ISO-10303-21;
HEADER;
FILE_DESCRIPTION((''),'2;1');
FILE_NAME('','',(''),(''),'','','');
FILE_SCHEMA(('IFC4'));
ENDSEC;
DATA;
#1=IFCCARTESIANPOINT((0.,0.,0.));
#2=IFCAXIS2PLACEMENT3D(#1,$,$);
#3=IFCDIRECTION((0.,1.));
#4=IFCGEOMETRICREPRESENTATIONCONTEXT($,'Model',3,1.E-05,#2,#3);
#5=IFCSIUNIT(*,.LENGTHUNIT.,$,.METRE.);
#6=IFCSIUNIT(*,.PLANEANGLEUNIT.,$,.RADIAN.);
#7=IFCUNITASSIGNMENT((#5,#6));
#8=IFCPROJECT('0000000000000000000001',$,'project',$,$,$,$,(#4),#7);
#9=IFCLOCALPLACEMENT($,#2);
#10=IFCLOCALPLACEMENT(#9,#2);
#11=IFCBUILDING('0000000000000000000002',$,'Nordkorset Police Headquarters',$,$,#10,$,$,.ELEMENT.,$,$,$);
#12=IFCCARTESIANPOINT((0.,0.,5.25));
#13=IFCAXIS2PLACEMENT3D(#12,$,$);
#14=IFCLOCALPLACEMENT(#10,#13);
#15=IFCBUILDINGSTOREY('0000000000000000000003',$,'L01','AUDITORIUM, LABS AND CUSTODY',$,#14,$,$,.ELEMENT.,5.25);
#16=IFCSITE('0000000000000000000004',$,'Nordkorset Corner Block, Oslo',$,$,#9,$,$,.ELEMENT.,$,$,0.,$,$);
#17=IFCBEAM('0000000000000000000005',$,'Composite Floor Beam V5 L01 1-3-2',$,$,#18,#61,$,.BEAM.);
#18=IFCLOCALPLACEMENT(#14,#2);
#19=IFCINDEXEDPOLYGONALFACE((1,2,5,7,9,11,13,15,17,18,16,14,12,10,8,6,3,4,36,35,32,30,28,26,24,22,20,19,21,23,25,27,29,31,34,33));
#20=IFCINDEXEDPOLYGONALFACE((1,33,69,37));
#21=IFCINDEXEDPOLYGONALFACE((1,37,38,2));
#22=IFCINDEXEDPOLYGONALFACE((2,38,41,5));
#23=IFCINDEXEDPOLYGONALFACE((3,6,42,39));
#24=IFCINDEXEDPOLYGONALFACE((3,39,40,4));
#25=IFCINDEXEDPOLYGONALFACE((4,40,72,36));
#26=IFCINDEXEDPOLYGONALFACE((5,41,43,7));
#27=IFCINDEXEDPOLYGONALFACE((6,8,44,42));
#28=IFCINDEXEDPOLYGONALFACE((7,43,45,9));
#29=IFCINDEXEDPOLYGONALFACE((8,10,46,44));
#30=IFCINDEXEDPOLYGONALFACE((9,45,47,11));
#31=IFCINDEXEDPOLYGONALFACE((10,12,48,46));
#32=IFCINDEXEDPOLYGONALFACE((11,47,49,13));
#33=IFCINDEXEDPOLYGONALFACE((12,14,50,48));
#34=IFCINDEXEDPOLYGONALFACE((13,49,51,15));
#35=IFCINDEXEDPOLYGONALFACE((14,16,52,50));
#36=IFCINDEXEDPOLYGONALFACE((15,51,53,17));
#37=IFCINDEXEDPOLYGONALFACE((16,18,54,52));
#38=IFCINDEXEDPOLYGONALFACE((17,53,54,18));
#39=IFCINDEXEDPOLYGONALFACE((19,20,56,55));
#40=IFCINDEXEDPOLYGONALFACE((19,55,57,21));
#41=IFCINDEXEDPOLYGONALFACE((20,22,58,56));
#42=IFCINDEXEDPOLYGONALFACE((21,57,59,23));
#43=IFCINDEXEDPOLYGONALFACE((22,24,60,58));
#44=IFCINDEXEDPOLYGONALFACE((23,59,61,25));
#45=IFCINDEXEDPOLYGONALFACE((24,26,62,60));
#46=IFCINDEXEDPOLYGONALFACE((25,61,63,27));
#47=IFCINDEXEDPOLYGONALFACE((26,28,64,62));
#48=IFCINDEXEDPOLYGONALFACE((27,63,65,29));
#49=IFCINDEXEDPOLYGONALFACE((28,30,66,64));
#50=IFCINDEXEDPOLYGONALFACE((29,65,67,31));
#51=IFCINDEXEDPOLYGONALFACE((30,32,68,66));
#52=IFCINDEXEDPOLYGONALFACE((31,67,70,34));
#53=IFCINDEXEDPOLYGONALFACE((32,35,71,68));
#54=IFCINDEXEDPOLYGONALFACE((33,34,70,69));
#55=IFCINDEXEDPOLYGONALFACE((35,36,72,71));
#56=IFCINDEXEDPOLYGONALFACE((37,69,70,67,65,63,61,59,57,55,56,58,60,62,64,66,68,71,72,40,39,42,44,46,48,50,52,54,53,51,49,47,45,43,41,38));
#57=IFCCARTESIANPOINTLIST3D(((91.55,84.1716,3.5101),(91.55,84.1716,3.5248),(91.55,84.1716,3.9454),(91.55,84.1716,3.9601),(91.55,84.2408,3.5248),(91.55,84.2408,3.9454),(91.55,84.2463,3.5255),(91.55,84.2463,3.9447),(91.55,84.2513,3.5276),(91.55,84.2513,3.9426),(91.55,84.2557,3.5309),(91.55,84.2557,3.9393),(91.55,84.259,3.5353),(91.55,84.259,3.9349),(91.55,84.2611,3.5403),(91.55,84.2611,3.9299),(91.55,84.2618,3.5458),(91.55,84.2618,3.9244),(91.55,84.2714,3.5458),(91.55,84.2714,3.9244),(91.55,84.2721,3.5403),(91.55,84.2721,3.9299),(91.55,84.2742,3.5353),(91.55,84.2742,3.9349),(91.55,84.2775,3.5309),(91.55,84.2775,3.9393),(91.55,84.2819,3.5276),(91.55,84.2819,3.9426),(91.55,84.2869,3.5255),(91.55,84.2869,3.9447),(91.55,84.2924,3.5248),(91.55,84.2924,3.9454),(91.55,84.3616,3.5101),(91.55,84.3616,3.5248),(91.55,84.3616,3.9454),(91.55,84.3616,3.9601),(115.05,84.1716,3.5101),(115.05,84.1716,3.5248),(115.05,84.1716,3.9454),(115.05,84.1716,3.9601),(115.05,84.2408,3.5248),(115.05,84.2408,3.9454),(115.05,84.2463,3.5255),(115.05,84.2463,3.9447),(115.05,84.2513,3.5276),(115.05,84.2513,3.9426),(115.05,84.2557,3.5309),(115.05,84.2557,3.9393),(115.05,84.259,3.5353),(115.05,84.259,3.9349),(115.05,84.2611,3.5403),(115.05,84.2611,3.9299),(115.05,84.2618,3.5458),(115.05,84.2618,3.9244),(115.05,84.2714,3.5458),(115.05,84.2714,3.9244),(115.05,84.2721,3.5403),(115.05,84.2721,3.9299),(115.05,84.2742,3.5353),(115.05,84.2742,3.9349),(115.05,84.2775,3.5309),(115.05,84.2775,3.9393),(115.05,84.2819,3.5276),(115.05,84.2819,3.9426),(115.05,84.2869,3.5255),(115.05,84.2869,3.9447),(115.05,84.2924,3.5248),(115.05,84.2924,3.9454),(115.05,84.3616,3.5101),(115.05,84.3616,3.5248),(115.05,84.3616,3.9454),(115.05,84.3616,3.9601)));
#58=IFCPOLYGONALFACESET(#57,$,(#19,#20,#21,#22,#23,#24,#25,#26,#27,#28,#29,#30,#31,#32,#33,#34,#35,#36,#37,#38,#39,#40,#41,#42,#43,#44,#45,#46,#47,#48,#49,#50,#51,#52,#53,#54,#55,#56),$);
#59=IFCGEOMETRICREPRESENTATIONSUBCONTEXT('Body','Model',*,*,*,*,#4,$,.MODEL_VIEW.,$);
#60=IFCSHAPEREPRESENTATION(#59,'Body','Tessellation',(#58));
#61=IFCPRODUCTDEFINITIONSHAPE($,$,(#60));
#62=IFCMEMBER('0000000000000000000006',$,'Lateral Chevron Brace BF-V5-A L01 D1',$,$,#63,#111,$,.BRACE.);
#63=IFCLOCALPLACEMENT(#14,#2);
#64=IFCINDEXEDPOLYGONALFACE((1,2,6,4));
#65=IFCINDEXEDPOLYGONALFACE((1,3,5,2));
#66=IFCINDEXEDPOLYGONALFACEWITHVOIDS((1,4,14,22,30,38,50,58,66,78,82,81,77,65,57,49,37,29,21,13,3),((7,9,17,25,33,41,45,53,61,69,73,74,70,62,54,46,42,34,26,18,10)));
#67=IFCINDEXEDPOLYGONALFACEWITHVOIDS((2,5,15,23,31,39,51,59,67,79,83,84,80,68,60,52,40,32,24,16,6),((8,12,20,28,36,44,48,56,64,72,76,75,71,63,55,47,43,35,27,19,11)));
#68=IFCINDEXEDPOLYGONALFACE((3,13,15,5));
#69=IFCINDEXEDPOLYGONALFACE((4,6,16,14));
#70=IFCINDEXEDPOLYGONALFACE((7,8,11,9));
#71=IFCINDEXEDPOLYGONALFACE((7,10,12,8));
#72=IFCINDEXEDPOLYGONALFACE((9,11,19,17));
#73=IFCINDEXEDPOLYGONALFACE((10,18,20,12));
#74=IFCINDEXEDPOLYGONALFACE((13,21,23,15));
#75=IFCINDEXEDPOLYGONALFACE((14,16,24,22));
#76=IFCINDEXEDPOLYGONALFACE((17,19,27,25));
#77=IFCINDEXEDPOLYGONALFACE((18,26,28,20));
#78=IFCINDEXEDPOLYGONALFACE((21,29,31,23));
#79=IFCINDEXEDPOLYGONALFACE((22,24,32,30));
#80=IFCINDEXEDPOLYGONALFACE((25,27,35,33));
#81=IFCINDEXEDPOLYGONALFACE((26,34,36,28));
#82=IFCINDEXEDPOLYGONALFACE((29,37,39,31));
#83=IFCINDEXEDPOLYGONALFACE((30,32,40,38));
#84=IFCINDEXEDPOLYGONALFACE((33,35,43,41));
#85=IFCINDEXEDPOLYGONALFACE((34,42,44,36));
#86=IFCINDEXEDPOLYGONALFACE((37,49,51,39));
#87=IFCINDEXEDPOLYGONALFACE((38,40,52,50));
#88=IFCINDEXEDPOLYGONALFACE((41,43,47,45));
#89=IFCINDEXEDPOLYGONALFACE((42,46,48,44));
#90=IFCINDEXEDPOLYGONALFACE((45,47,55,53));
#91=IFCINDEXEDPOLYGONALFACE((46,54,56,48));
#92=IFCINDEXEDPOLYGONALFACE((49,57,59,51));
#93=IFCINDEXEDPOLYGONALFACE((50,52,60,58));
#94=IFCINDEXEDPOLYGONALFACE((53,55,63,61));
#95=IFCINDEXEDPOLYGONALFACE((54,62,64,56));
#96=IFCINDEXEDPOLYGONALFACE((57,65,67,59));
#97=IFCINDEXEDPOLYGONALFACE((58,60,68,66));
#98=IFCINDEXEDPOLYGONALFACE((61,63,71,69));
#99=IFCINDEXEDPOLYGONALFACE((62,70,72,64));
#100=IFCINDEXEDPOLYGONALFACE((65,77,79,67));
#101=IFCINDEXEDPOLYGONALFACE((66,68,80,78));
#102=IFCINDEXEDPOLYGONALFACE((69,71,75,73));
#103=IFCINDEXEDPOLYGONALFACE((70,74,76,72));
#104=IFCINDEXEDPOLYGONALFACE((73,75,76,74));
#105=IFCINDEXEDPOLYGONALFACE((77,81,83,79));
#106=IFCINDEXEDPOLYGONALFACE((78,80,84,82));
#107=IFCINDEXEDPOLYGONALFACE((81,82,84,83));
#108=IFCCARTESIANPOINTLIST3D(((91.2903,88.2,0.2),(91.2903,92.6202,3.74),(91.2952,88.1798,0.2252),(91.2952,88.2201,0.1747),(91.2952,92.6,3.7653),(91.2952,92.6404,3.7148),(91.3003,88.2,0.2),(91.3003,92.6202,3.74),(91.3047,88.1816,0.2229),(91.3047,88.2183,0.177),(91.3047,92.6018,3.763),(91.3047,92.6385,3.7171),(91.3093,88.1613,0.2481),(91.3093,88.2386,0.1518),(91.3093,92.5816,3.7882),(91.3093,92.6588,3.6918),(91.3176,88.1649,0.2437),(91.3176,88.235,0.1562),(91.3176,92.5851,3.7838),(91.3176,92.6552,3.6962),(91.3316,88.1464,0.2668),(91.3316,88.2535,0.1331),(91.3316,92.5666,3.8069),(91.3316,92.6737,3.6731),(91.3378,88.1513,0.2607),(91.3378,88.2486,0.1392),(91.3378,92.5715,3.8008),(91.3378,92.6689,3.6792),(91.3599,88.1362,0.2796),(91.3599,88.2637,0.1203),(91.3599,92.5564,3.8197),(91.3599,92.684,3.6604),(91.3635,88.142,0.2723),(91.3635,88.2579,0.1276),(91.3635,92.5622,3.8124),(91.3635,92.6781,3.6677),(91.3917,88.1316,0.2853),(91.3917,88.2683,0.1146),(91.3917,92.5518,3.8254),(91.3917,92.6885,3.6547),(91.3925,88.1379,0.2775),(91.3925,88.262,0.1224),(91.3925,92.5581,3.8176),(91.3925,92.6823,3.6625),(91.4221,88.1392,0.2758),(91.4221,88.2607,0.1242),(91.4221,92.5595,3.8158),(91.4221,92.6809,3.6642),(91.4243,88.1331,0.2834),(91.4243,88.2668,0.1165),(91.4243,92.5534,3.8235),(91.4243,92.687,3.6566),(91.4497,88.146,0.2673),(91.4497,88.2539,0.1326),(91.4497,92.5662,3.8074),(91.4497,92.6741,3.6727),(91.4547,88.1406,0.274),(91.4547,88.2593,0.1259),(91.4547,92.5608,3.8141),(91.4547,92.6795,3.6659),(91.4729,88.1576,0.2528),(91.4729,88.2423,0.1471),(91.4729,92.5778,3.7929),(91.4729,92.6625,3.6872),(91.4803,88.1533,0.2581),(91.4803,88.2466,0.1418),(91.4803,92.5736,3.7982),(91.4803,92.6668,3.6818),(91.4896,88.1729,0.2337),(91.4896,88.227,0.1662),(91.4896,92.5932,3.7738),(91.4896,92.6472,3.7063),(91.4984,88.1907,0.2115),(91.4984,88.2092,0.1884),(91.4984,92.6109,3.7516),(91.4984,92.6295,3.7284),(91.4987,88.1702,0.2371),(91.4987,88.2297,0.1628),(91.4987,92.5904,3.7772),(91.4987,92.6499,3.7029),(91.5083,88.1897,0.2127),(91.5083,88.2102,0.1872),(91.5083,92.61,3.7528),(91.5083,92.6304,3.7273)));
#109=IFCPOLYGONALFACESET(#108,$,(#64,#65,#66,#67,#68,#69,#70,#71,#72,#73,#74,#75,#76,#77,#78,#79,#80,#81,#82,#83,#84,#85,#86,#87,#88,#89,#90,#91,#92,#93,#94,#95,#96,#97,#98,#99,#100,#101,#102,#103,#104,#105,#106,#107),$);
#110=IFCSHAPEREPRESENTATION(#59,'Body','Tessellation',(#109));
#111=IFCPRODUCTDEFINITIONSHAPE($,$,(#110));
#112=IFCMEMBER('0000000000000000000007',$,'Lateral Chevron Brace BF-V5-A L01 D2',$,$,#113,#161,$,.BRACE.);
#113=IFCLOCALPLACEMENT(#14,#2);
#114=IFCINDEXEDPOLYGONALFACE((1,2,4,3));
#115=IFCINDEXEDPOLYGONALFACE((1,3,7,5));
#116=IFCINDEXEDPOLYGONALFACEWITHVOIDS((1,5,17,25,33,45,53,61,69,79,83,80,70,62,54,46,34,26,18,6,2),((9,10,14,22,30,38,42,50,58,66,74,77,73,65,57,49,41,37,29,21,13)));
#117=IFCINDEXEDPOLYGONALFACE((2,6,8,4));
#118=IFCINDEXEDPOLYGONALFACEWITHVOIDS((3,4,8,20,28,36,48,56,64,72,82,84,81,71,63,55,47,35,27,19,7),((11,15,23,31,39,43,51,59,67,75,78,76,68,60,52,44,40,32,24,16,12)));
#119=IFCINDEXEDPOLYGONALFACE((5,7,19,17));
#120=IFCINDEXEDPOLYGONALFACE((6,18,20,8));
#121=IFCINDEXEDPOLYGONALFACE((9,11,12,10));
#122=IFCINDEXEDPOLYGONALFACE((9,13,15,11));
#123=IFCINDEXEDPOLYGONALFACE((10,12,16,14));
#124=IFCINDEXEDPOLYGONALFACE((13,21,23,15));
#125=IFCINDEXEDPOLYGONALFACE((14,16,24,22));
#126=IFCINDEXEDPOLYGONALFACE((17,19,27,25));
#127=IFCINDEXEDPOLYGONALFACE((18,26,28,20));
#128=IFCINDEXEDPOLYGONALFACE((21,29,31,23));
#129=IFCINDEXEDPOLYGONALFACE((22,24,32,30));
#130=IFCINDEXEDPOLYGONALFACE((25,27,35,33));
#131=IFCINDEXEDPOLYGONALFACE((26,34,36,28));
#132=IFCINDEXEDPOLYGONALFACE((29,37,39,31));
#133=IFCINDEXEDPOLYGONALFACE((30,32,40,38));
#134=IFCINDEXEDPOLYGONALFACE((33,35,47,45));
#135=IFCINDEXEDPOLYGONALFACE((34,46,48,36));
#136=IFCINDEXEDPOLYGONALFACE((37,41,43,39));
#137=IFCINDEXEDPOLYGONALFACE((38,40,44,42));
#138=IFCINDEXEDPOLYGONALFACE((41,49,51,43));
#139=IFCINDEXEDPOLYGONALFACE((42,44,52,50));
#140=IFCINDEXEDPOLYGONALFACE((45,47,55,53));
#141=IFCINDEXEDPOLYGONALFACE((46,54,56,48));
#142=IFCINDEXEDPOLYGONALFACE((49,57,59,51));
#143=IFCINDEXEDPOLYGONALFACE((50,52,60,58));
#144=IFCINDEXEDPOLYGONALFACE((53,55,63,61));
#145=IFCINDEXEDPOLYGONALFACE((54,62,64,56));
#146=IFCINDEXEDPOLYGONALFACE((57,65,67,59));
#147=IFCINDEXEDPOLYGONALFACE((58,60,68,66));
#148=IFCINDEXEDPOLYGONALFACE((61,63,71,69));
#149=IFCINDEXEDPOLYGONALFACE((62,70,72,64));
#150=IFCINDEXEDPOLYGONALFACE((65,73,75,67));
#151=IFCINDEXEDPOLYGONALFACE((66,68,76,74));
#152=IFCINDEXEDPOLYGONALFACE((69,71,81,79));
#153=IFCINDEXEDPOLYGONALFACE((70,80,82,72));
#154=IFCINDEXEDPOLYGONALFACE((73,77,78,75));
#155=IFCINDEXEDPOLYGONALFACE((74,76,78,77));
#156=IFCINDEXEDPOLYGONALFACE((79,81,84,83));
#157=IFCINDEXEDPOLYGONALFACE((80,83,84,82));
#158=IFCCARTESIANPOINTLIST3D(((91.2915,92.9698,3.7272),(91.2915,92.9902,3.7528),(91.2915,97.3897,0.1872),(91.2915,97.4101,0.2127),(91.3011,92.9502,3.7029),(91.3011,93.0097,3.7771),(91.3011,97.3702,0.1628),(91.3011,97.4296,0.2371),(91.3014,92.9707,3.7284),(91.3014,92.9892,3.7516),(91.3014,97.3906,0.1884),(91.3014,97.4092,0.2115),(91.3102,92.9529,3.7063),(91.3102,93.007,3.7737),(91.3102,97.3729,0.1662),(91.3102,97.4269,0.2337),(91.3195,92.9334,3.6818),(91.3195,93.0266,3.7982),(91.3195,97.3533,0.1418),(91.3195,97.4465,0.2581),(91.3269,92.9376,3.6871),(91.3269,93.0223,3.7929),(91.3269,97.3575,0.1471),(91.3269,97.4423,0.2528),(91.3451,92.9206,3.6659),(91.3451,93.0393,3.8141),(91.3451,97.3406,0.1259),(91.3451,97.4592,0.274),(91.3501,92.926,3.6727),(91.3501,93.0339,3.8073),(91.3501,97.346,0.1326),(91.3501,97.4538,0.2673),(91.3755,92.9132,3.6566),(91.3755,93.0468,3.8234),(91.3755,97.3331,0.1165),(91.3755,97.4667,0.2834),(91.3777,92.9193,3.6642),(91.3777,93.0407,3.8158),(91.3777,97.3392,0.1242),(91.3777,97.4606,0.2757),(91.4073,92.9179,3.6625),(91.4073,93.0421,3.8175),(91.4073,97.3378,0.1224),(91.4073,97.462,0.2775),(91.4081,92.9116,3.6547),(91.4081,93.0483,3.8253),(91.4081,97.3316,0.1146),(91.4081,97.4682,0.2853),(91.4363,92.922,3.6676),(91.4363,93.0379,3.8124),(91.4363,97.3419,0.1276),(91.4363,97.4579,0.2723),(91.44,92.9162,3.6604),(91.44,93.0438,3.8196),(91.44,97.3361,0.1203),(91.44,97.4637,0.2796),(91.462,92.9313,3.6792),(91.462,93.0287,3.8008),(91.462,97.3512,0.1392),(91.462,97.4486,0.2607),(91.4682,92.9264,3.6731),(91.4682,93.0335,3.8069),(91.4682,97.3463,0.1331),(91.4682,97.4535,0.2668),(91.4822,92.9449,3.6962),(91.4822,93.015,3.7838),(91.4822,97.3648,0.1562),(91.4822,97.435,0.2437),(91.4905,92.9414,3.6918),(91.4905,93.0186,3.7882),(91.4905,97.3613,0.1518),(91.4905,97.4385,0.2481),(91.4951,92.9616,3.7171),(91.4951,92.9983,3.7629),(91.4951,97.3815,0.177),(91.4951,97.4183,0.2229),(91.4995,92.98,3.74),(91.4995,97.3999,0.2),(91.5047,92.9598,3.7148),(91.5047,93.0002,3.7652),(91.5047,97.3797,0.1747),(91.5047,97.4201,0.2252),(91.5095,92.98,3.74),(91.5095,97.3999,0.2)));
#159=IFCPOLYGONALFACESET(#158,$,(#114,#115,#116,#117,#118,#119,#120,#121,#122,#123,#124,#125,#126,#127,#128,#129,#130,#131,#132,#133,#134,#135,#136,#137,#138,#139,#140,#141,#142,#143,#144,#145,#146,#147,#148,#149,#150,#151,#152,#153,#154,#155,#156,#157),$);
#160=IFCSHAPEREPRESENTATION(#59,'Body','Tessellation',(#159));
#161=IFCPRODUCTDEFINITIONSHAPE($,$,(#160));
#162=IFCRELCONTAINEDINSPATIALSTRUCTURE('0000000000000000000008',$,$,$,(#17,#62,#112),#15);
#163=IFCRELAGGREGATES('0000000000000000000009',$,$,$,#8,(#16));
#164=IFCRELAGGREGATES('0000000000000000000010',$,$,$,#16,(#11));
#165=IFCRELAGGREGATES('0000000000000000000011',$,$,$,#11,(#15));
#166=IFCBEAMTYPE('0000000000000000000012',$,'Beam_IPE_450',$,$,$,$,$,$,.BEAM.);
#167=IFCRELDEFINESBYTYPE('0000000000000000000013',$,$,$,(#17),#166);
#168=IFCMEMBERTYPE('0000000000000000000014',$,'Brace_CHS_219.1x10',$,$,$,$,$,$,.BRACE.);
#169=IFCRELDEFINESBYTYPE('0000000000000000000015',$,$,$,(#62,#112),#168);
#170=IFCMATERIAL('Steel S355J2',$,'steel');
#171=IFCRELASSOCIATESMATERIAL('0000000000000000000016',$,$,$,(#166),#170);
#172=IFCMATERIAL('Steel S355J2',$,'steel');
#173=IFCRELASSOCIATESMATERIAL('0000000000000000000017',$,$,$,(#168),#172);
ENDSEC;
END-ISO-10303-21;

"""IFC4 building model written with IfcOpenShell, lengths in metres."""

from ifc_helpers import new_model, si_unit, direction, frame, origin, origin_2d, place, context, subcontext, project, spatial, hollow_circle, i_section, extrude, material, material_profile, profile_set, type_object, element, save


model = new_model("IFC4")

# Units and contexts
model_context = context("Model", 3, precision=1e-05, world=origin(), true_north=direction((0.0, 1.0)))
body_context = subcontext(model_context, "Body", "Model", "MODEL_VIEW")
ifc_project = project(units=[si_unit("LENGTHUNIT", "METRE"), si_unit("PLANEANGLEUNIT", "RADIAN")], contexts=[model_context])

# Site, building, storey
site_placement = place(None, origin())
site = spatial("IfcSite", under=ifc_project, at=site_placement, Name="Nordkorset Corner Block, Oslo", CompositionType="ELEMENT", RefElevation=0.0)
building_placement = place(site_placement, origin())
building = spatial("IfcBuilding", under=site, at=building_placement, Name="Nordkorset Police Headquarters", CompositionType="ELEMENT")
storey_placement = place(building_placement, frame((0.0, 0.0, 5.25)))
storey = spatial("IfcBuildingStorey", under=building, at=storey_placement, Name="L01", Description="AUDITORIUM, LABS AND CUSTODY", CompositionType="ELEMENT", Elevation=5.25)

# Beam
ifc_material_1 = material(Name="Steel S355J2", Category="steel")
ifc_material_profile_1 = material_profile(ifc_material_1, i_section(OverallWidth=0.1899, OverallDepth=0.45, WebThickness=0.0095, FlangeThickness=0.0146, FilletRadius=0.021, at=origin_2d()), Name="IPE 450")
ifc_profile_set_1 = profile_set([ifc_material_profile_1], Name="Steel S355J2")
beam_type_1 = type_object("IfcBeamType", Name="Beam_IPE_450", PredefinedType="BEAM", material=ifc_profile_set_1)
for number, where, z_axis, x_axis, name in (
    (1, (91.55, 84.2666, 3.7351), (1.0, 0.0, 0.0), (0.0, 1.0, 0.0), "Composite Floor Beam V5 L01 1-3-2"),
):
    element("IfcBeam", number, at=place(storey_placement, frame(where, z_axis=z_axis, x_axis=x_axis)), inside=storey, type_object=beam_type_1, Name=name, PredefinedType="BEAM", context=body_context, shape_type="SweptSolid", body=[
        extrude(i_section(OverallWidth=0.1899, OverallDepth=0.45, WebThickness=0.0095, FlangeThickness=0.0146, FilletRadius=0.021, at=origin_2d()), origin(), (0.0, 0.0, 1.0), 23.5),
    ])

# Members
ifc_material_2 = material(Name="Steel S355J2", Category="steel")
ifc_material_profile_2 = material_profile(ifc_material_2, hollow_circle(Radius=0.1096, WallThickness=0.01, at=origin_2d()), Name="CHS 219.1x10")
ifc_profile_set_2 = profile_set([ifc_material_profile_2], Name="Steel S355J2")
member_type = type_object("IfcMemberType", Name="Brace_CHS_219.1x10", PredefinedType="BRACE", material=ifc_profile_set_2)
member_1_placement = place(storey_placement, frame((91.3999, 88.2, 0.2), z_axis=(0.0, 0.780532, 0.625116), x_axis=(-1.0, 0.0, 0.0)))
element("IfcMember", 2, at=member_1_placement, inside=storey, type_object=member_type, Name="Lateral Chevron Brace BF-V5-A L01 D1", PredefinedType="BRACE", context=body_context, shape_type="SweptSolid", body=[
    extrude(hollow_circle(Radius=0.1096, WallThickness=0.01, at=origin_2d()), origin(), (0.0, 0.0, 1.0), 5.6631),
])
member_2_placement = place(storey_placement, frame((91.3999, 97.3999, 0.2), z_axis=(0.0, -0.780515, 0.625137), x_axis=(1.0, 0.0, 0.0)))
element("IfcMember", 3, at=member_2_placement, inside=storey, type_object=member_type, Name="Lateral Chevron Brace BF-V5-A L01 D2", PredefinedType="BRACE", context=body_context, shape_type="SweptSolid", body=[
    extrude(hollow_circle(Radius=0.1096, WallThickness=0.01, at=origin_2d()), origin(), (0.0, 0.0, 1.0), 5.6628),
])

save(model, "model.ifc")
